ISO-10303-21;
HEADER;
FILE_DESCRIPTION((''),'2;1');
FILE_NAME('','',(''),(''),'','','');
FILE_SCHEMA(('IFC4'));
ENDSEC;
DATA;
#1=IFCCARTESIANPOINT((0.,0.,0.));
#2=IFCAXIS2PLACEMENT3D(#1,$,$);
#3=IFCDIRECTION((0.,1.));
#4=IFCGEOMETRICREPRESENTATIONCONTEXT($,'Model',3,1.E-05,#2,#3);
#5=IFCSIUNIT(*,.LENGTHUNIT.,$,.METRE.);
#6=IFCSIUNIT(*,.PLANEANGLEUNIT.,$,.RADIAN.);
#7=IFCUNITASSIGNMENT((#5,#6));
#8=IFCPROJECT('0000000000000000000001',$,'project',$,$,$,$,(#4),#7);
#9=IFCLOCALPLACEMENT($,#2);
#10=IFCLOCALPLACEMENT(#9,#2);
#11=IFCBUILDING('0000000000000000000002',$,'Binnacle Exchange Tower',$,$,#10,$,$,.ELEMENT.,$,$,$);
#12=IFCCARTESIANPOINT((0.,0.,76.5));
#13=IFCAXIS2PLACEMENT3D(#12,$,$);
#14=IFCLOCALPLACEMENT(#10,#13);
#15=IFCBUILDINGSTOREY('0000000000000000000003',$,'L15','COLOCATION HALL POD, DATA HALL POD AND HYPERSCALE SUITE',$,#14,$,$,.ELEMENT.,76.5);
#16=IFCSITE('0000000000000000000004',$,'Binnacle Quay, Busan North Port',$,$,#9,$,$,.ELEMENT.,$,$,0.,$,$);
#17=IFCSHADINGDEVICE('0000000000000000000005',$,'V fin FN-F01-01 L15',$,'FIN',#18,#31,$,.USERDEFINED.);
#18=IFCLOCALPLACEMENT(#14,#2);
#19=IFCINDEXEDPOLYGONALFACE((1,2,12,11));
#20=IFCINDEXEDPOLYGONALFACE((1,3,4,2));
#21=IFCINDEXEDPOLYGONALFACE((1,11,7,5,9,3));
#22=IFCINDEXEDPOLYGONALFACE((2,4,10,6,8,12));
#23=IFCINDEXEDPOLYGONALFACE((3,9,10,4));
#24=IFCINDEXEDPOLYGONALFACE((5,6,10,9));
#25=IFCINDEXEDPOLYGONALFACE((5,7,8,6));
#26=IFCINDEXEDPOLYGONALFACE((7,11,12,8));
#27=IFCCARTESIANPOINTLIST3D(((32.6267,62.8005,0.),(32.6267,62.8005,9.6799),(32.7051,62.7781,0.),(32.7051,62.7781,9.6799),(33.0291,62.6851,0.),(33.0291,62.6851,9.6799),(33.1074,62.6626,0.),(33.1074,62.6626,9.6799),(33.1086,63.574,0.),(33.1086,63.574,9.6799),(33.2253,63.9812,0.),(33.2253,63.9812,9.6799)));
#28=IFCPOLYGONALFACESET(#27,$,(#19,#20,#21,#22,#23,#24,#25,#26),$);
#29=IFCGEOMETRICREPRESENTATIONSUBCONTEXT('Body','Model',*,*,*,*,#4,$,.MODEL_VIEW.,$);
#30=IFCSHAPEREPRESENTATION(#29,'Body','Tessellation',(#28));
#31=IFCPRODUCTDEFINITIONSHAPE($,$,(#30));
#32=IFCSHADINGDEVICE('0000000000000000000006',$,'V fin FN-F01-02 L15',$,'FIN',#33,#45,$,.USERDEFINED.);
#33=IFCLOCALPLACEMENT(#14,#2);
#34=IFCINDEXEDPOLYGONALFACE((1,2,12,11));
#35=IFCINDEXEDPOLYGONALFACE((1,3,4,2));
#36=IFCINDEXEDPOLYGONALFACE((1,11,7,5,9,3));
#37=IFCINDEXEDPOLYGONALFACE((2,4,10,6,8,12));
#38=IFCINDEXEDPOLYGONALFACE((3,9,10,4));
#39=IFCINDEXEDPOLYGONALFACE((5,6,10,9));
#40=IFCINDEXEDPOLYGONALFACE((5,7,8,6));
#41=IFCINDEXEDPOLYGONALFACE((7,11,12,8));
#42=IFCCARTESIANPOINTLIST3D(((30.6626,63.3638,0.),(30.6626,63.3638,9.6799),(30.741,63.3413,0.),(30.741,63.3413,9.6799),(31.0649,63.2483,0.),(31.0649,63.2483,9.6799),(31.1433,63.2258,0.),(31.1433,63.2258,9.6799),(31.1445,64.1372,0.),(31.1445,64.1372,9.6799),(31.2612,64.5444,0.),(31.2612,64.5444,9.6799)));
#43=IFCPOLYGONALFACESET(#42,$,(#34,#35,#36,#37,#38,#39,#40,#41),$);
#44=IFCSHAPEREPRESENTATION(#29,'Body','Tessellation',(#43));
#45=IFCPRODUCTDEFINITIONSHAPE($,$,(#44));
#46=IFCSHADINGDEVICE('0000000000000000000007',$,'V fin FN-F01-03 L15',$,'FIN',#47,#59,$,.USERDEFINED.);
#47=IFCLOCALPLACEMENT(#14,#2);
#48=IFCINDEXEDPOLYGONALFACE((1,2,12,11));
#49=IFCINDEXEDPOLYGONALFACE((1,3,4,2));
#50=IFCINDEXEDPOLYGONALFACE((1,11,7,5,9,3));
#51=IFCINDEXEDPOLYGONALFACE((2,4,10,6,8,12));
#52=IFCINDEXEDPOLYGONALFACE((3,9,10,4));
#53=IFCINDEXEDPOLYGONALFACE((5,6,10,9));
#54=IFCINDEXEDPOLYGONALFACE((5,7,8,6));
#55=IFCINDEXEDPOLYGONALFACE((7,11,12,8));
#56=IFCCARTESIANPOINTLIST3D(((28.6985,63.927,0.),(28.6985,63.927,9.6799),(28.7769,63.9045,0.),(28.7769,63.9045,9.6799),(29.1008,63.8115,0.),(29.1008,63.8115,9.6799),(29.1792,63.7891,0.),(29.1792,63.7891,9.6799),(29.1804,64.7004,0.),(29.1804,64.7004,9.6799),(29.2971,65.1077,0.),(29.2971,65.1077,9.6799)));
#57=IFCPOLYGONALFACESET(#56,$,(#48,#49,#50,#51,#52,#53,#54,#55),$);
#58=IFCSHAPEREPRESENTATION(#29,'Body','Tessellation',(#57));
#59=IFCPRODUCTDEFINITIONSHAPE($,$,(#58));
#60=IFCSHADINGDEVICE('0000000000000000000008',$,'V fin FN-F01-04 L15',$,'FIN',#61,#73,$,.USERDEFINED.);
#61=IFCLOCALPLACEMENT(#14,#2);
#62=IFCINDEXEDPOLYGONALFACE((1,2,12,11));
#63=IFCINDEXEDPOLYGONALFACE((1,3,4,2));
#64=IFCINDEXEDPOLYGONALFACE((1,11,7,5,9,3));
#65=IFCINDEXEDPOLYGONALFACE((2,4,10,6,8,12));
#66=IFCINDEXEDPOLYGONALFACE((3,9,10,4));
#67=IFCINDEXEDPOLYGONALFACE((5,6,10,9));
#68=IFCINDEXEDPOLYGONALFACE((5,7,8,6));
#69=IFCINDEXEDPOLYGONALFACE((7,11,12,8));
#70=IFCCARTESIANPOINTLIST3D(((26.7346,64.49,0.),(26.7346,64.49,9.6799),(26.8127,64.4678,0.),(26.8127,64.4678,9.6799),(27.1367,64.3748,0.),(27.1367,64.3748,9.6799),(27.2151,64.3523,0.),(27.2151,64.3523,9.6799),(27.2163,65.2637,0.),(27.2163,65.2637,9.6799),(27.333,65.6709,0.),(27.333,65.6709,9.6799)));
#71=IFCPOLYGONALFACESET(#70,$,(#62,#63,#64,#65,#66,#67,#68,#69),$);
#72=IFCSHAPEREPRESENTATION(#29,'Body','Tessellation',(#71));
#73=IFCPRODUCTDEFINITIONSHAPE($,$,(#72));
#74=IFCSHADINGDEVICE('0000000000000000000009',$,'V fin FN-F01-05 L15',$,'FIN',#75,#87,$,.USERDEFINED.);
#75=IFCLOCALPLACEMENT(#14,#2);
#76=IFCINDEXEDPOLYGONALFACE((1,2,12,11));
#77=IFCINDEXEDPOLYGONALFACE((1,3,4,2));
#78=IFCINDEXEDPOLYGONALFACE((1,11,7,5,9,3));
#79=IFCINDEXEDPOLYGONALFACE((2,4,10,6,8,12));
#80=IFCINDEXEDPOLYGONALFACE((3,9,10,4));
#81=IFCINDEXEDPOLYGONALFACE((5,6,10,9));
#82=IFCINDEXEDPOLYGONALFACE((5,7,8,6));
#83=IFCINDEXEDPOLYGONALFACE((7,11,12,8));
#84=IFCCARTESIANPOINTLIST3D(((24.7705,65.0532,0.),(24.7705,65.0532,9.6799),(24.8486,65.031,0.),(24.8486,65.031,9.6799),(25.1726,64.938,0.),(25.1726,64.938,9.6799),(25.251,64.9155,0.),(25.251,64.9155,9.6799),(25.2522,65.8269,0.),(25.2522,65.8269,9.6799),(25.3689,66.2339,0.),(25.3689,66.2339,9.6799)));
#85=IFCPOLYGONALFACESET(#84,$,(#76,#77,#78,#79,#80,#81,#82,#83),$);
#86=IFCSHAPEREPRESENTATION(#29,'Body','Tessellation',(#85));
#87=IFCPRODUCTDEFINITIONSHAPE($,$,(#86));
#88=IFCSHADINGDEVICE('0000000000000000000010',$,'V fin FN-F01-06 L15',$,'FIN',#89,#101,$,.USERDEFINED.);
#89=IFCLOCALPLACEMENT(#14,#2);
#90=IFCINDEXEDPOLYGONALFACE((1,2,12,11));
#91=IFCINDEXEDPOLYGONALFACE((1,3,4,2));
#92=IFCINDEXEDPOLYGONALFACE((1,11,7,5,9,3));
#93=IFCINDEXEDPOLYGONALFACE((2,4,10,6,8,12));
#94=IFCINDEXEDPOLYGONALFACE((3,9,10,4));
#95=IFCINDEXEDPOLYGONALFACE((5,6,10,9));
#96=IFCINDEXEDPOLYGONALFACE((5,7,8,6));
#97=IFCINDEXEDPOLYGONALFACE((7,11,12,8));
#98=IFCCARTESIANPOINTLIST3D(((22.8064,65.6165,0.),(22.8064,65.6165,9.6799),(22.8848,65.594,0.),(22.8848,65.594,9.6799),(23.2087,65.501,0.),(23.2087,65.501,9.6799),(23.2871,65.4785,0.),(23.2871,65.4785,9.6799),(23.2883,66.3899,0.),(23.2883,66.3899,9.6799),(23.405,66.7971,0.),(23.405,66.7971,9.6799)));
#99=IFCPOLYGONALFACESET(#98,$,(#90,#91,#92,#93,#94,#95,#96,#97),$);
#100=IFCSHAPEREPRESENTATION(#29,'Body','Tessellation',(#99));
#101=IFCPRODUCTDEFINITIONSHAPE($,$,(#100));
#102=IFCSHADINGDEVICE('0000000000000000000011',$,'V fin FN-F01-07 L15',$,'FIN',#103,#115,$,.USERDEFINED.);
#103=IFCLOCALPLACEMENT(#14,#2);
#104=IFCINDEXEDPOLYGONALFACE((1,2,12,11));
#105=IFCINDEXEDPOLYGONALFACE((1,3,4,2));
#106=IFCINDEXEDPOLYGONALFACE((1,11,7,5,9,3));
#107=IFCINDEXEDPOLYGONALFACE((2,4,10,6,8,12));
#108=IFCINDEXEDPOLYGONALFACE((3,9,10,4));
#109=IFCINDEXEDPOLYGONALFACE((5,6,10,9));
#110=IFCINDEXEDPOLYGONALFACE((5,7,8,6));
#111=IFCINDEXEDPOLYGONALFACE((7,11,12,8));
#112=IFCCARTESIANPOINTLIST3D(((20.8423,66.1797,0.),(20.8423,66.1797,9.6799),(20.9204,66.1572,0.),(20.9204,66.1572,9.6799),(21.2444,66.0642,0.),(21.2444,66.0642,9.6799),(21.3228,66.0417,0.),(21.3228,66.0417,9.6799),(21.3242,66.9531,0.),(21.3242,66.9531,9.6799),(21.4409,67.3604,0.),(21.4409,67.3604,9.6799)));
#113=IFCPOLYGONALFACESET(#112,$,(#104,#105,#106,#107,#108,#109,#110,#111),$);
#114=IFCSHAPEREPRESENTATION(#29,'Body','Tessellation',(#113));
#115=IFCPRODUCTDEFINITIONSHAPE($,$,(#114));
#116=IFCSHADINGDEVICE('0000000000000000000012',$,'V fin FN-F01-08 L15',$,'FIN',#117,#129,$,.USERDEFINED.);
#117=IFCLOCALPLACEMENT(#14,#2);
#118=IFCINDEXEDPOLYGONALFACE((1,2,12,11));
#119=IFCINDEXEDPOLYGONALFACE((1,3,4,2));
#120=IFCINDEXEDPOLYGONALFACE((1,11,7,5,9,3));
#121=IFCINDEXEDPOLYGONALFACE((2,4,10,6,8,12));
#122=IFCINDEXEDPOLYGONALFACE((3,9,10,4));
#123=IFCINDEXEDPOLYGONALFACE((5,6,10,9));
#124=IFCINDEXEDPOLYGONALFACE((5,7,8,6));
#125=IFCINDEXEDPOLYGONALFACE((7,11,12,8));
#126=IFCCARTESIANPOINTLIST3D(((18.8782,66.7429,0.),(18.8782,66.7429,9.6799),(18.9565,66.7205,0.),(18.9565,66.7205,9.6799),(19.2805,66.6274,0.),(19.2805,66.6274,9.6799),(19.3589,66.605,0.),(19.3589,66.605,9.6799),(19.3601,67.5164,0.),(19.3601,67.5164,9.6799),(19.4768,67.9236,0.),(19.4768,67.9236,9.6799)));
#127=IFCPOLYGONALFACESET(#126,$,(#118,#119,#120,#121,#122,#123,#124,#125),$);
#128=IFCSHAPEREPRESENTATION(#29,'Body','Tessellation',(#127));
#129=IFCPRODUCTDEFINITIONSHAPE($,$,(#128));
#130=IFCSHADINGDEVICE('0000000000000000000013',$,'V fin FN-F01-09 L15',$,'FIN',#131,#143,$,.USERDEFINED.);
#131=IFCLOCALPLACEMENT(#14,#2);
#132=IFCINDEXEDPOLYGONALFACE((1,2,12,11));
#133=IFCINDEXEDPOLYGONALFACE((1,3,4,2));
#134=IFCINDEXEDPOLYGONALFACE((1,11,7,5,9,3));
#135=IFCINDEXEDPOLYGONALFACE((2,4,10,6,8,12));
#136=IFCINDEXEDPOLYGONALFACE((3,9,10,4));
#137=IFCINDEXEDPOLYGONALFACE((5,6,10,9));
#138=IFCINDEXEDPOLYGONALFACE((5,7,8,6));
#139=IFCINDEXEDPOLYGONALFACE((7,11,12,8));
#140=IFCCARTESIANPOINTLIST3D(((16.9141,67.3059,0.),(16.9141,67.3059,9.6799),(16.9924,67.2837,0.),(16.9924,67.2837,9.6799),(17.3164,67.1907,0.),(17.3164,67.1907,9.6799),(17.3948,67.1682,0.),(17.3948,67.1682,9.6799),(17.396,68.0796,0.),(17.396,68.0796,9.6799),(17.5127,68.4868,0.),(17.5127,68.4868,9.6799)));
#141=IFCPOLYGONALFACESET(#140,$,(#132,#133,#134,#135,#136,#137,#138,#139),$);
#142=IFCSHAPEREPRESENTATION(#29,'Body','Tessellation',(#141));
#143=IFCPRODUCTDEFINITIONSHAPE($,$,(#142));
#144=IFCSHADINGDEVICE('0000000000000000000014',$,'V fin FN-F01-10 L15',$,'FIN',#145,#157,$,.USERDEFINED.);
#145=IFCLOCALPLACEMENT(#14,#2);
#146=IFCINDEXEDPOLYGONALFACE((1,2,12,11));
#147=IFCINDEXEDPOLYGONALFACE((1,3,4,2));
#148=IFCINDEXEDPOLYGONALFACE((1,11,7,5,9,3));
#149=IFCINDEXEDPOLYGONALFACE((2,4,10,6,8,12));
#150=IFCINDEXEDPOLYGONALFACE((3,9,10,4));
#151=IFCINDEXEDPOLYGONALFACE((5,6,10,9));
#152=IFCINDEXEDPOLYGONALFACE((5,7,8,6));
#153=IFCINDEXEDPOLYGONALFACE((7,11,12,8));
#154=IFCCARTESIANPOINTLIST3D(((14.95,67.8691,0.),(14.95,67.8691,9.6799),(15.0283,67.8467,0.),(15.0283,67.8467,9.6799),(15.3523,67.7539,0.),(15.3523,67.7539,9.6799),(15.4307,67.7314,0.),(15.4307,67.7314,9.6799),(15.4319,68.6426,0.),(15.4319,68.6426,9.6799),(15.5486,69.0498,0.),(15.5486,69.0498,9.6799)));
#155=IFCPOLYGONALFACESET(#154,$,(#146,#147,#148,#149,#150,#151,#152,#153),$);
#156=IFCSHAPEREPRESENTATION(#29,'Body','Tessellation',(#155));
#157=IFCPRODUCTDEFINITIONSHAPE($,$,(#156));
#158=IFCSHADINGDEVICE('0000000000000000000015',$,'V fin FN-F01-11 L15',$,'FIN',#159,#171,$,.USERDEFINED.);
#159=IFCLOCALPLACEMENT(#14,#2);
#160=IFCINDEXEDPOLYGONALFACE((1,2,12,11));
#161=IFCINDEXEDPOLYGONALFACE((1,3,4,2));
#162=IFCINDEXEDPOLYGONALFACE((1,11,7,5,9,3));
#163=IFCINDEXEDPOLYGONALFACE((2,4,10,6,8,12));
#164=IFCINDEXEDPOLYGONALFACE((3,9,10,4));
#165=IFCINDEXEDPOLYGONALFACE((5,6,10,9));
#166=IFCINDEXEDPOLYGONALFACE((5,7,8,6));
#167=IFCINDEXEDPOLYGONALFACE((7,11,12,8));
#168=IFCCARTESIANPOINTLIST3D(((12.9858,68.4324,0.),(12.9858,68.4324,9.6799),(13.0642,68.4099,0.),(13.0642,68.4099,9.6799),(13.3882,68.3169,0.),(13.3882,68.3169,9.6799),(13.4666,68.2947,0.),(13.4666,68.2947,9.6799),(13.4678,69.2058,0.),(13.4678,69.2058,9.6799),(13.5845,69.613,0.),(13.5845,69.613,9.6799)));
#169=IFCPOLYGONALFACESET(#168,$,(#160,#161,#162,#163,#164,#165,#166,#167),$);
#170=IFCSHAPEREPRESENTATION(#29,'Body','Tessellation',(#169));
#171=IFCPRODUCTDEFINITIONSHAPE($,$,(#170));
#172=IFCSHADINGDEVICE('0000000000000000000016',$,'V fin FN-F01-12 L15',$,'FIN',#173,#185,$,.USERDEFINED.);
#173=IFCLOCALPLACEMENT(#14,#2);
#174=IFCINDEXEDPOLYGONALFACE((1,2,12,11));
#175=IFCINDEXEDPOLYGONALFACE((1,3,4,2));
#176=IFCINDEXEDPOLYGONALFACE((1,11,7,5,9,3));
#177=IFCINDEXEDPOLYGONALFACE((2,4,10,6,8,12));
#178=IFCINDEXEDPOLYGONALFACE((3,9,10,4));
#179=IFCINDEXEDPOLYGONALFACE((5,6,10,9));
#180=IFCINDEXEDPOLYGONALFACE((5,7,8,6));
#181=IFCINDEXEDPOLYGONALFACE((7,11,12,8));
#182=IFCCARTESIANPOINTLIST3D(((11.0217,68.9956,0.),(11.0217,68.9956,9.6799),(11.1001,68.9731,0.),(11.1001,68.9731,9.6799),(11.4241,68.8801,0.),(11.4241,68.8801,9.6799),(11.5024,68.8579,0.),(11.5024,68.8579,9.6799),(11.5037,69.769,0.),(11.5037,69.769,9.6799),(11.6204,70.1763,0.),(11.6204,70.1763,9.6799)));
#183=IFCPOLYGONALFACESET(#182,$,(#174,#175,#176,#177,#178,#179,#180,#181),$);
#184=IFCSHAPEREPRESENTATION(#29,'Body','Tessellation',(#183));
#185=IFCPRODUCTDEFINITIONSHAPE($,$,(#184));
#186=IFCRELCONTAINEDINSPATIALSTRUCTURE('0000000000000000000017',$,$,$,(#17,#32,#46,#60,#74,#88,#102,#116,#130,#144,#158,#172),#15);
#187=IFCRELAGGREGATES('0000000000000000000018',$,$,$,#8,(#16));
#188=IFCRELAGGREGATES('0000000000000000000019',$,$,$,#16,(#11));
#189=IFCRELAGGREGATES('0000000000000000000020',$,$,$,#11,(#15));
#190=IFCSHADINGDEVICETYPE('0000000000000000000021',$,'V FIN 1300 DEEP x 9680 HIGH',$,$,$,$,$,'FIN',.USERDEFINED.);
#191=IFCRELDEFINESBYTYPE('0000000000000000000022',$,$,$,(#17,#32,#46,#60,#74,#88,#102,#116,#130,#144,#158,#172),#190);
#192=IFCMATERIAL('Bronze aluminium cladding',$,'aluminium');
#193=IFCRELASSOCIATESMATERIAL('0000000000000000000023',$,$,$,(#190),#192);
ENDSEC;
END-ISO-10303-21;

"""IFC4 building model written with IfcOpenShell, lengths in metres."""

from ifc_helpers import new_model, si_unit, direction, frame, origin, place, context, subcontext, project, spatial, polyline, outline, extrude, material, type_object, element, save


model = new_model("IFC4")

# Units and contexts
model_context = context("Model", 3, precision=1e-05, world=origin(), true_north=direction((0.0, 1.0)))
body_context = subcontext(model_context, "Body", "Model", "MODEL_VIEW")
ifc_project = project(units=[si_unit("LENGTHUNIT", "METRE"), si_unit("PLANEANGLEUNIT", "RADIAN")], contexts=[model_context])

# Site, building, storey
site_placement = place(None, origin())
site = spatial("IfcSite", under=ifc_project, at=site_placement, Name="Binnacle Quay, Busan North Port", CompositionType="ELEMENT", RefElevation=0.0)
building_placement = place(site_placement, origin())
building = spatial("IfcBuilding", under=site, at=building_placement, Name="Binnacle Exchange Tower", CompositionType="ELEMENT")
storey_placement = place(building_placement, frame((0.0, 0.0, 76.5)))
storey = spatial("IfcBuildingStorey", under=building, at=storey_placement, Name="L15", Description="COLOCATION HALL POD, DATA HALL POD AND HYPERSCALE SUITE", CompositionType="ELEMENT", Elevation=76.5)

# Shading devices
ifc_material = material(Name="Bronze aluminium cladding", Category="aluminium")
shading_device_type = type_object("IfcShadingDeviceType", Name="V FIN 1300 DEEP x 9680 HIGH", ElementType="FIN", PredefinedType="USERDEFINED", material=ifc_material)
shading_device_1_placement = place(storey_placement, origin())
element("IfcShadingDevice", 1, at=shading_device_1_placement, inside=storey, type_object=shading_device_type, Name="V fin FN-F01-01 L15", ObjectType="FIN", PredefinedType="USERDEFINED", context=body_context, shape_type="SweptSolid", body=[
    extrude(outline(polyline([(33.1074, 62.6626), (33.2253, 63.9812), (32.6267, 62.8005), (32.7051, 62.7781), (33.1086, 63.574), (33.0291, 62.6851), (33.1074, 62.6626)])), origin(), (0.0, 0.0, 1.0), 9.6799),
])
shading_device_2_placement = place(storey_placement, origin())
element("IfcShadingDevice", 2, at=shading_device_2_placement, inside=storey, type_object=shading_device_type, Name="V fin FN-F01-02 L15", ObjectType="FIN", PredefinedType="USERDEFINED", context=body_context, shape_type="SweptSolid", body=[
    extrude(outline(polyline([(31.1433, 63.2258), (31.2612, 64.5444), (30.6626, 63.3638), (30.741, 63.3413), (31.1445, 64.1372), (31.0649, 63.2483), (31.1433, 63.2258)])), origin(), (0.0, 0.0, 1.0), 9.6799),
])
shading_device_3_placement = place(storey_placement, origin())
element("IfcShadingDevice", 3, at=shading_device_3_placement, inside=storey, type_object=shading_device_type, Name="V fin FN-F01-03 L15", ObjectType="FIN", PredefinedType="USERDEFINED", context=body_context, shape_type="SweptSolid", body=[
    extrude(outline(polyline([(29.1792, 63.7891), (29.2971, 65.1077), (28.6985, 63.927), (28.7769, 63.9045), (29.1804, 64.7004), (29.1008, 63.8115), (29.1792, 63.7891)])), origin(), (0.0, 0.0, 1.0), 9.6799),
])
shading_device_4_placement = place(storey_placement, origin())
element("IfcShadingDevice", 4, at=shading_device_4_placement, inside=storey, type_object=shading_device_type, Name="V fin FN-F01-04 L15", ObjectType="FIN", PredefinedType="USERDEFINED", context=body_context, shape_type="SweptSolid", body=[
    extrude(outline(polyline([(27.2151, 64.3523), (27.333, 65.6709), (26.7346, 64.49), (26.8127, 64.4678), (27.2163, 65.2637), (27.1367, 64.3748), (27.2151, 64.3523)])), origin(), (0.0, 0.0, 1.0), 9.6799),
])
shading_device_5_placement = place(storey_placement, origin())
element("IfcShadingDevice", 5, at=shading_device_5_placement, inside=storey, type_object=shading_device_type, Name="V fin FN-F01-05 L15", ObjectType="FIN", PredefinedType="USERDEFINED", context=body_context, shape_type="SweptSolid", body=[
    extrude(outline(polyline([(25.251, 64.9155), (25.3689, 66.2339), (24.7705, 65.0532), (24.8486, 65.031), (25.2522, 65.8269), (25.1726, 64.938), (25.251, 64.9155)])), origin(), (0.0, 0.0, 1.0), 9.6799),
])
shading_device_6_placement = place(storey_placement, origin())
element("IfcShadingDevice", 6, at=shading_device_6_placement, inside=storey, type_object=shading_device_type, Name="V fin FN-F01-06 L15", ObjectType="FIN", PredefinedType="USERDEFINED", context=body_context, shape_type="SweptSolid", body=[
    extrude(outline(polyline([(23.2871, 65.4785), (23.405, 66.7971), (22.8064, 65.6165), (22.8848, 65.594), (23.2883, 66.3899), (23.2087, 65.501), (23.2871, 65.4785)])), origin(), (0.0, 0.0, 1.0), 9.6799),
])
shading_device_7_placement = place(storey_placement, origin())
element("IfcShadingDevice", 7, at=shading_device_7_placement, inside=storey, type_object=shading_device_type, Name="V fin FN-F01-07 L15", ObjectType="FIN", PredefinedType="USERDEFINED", context=body_context, shape_type="SweptSolid", body=[
    extrude(outline(polyline([(21.3228, 66.0417), (21.4409, 67.3604), (20.8423, 66.1797), (20.9204, 66.1572), (21.3242, 66.9531), (21.2444, 66.0642), (21.3228, 66.0417)])), origin(), (0.0, 0.0, 1.0), 9.6799),
])
shading_device_8_placement = place(storey_placement, origin())
element("IfcShadingDevice", 8, at=shading_device_8_placement, inside=storey, type_object=shading_device_type, Name="V fin FN-F01-08 L15", ObjectType="FIN", PredefinedType="USERDEFINED", context=body_context, shape_type="SweptSolid", body=[
    extrude(outline(polyline([(19.3589, 66.605), (19.4768, 67.9236), (18.8782, 66.7429), (18.9565, 66.7205), (19.3601, 67.5164), (19.2805, 66.6274), (19.3589, 66.605)])), origin(), (0.0, 0.0, 1.0), 9.6799),
])
shading_device_9_placement = place(storey_placement, origin())
element("IfcShadingDevice", 9, at=shading_device_9_placement, inside=storey, type_object=shading_device_type, Name="V fin FN-F01-09 L15", ObjectType="FIN", PredefinedType="USERDEFINED", context=body_context, shape_type="SweptSolid", body=[
    extrude(outline(polyline([(17.3948, 67.1682), (17.5127, 68.4868), (16.9141, 67.3059), (16.9924, 67.2837), (17.396, 68.0796), (17.3164, 67.1907), (17.3948, 67.1682)])), origin(), (0.0, 0.0, 1.0), 9.6799),
])
shading_device_10_placement = place(storey_placement, origin())
element("IfcShadingDevice", 10, at=shading_device_10_placement, inside=storey, type_object=shading_device_type, Name="V fin FN-F01-10 L15", ObjectType="FIN", PredefinedType="USERDEFINED", context=body_context, shape_type="SweptSolid", body=[
    extrude(outline(polyline([(15.4307, 67.7314), (15.5486, 69.0498), (14.95, 67.8691), (15.0283, 67.8467), (15.4319, 68.6426), (15.3523, 67.7539), (15.4307, 67.7314)])), origin(), (0.0, 0.0, 1.0), 9.6799),
])
shading_device_11_placement = place(storey_placement, origin())
element("IfcShadingDevice", 11, at=shading_device_11_placement, inside=storey, type_object=shading_device_type, Name="V fin FN-F01-11 L15", ObjectType="FIN", PredefinedType="USERDEFINED", context=body_context, shape_type="SweptSolid", body=[
    extrude(outline(polyline([(13.4666, 68.2947), (13.5845, 69.613), (12.9858, 68.4324), (13.0642, 68.4099), (13.4678, 69.2058), (13.3882, 68.3169), (13.4666, 68.2947)])), origin(), (0.0, 0.0, 1.0), 9.6799),
])
shading_device_12_placement = place(storey_placement, origin())
element("IfcShadingDevice", 12, at=shading_device_12_placement, inside=storey, type_object=shading_device_type, Name="V fin FN-F01-12 L15", ObjectType="FIN", PredefinedType="USERDEFINED", context=body_context, shape_type="SweptSolid", body=[
    extrude(outline(polyline([(11.5024, 68.8579), (11.6204, 70.1763), (11.0217, 68.9956), (11.1001, 68.9731), (11.5037, 69.769), (11.4241, 68.8801), (11.5024, 68.8579)])), origin(), (0.0, 0.0, 1.0), 9.6799),
])

save(model, "model.ifc")
